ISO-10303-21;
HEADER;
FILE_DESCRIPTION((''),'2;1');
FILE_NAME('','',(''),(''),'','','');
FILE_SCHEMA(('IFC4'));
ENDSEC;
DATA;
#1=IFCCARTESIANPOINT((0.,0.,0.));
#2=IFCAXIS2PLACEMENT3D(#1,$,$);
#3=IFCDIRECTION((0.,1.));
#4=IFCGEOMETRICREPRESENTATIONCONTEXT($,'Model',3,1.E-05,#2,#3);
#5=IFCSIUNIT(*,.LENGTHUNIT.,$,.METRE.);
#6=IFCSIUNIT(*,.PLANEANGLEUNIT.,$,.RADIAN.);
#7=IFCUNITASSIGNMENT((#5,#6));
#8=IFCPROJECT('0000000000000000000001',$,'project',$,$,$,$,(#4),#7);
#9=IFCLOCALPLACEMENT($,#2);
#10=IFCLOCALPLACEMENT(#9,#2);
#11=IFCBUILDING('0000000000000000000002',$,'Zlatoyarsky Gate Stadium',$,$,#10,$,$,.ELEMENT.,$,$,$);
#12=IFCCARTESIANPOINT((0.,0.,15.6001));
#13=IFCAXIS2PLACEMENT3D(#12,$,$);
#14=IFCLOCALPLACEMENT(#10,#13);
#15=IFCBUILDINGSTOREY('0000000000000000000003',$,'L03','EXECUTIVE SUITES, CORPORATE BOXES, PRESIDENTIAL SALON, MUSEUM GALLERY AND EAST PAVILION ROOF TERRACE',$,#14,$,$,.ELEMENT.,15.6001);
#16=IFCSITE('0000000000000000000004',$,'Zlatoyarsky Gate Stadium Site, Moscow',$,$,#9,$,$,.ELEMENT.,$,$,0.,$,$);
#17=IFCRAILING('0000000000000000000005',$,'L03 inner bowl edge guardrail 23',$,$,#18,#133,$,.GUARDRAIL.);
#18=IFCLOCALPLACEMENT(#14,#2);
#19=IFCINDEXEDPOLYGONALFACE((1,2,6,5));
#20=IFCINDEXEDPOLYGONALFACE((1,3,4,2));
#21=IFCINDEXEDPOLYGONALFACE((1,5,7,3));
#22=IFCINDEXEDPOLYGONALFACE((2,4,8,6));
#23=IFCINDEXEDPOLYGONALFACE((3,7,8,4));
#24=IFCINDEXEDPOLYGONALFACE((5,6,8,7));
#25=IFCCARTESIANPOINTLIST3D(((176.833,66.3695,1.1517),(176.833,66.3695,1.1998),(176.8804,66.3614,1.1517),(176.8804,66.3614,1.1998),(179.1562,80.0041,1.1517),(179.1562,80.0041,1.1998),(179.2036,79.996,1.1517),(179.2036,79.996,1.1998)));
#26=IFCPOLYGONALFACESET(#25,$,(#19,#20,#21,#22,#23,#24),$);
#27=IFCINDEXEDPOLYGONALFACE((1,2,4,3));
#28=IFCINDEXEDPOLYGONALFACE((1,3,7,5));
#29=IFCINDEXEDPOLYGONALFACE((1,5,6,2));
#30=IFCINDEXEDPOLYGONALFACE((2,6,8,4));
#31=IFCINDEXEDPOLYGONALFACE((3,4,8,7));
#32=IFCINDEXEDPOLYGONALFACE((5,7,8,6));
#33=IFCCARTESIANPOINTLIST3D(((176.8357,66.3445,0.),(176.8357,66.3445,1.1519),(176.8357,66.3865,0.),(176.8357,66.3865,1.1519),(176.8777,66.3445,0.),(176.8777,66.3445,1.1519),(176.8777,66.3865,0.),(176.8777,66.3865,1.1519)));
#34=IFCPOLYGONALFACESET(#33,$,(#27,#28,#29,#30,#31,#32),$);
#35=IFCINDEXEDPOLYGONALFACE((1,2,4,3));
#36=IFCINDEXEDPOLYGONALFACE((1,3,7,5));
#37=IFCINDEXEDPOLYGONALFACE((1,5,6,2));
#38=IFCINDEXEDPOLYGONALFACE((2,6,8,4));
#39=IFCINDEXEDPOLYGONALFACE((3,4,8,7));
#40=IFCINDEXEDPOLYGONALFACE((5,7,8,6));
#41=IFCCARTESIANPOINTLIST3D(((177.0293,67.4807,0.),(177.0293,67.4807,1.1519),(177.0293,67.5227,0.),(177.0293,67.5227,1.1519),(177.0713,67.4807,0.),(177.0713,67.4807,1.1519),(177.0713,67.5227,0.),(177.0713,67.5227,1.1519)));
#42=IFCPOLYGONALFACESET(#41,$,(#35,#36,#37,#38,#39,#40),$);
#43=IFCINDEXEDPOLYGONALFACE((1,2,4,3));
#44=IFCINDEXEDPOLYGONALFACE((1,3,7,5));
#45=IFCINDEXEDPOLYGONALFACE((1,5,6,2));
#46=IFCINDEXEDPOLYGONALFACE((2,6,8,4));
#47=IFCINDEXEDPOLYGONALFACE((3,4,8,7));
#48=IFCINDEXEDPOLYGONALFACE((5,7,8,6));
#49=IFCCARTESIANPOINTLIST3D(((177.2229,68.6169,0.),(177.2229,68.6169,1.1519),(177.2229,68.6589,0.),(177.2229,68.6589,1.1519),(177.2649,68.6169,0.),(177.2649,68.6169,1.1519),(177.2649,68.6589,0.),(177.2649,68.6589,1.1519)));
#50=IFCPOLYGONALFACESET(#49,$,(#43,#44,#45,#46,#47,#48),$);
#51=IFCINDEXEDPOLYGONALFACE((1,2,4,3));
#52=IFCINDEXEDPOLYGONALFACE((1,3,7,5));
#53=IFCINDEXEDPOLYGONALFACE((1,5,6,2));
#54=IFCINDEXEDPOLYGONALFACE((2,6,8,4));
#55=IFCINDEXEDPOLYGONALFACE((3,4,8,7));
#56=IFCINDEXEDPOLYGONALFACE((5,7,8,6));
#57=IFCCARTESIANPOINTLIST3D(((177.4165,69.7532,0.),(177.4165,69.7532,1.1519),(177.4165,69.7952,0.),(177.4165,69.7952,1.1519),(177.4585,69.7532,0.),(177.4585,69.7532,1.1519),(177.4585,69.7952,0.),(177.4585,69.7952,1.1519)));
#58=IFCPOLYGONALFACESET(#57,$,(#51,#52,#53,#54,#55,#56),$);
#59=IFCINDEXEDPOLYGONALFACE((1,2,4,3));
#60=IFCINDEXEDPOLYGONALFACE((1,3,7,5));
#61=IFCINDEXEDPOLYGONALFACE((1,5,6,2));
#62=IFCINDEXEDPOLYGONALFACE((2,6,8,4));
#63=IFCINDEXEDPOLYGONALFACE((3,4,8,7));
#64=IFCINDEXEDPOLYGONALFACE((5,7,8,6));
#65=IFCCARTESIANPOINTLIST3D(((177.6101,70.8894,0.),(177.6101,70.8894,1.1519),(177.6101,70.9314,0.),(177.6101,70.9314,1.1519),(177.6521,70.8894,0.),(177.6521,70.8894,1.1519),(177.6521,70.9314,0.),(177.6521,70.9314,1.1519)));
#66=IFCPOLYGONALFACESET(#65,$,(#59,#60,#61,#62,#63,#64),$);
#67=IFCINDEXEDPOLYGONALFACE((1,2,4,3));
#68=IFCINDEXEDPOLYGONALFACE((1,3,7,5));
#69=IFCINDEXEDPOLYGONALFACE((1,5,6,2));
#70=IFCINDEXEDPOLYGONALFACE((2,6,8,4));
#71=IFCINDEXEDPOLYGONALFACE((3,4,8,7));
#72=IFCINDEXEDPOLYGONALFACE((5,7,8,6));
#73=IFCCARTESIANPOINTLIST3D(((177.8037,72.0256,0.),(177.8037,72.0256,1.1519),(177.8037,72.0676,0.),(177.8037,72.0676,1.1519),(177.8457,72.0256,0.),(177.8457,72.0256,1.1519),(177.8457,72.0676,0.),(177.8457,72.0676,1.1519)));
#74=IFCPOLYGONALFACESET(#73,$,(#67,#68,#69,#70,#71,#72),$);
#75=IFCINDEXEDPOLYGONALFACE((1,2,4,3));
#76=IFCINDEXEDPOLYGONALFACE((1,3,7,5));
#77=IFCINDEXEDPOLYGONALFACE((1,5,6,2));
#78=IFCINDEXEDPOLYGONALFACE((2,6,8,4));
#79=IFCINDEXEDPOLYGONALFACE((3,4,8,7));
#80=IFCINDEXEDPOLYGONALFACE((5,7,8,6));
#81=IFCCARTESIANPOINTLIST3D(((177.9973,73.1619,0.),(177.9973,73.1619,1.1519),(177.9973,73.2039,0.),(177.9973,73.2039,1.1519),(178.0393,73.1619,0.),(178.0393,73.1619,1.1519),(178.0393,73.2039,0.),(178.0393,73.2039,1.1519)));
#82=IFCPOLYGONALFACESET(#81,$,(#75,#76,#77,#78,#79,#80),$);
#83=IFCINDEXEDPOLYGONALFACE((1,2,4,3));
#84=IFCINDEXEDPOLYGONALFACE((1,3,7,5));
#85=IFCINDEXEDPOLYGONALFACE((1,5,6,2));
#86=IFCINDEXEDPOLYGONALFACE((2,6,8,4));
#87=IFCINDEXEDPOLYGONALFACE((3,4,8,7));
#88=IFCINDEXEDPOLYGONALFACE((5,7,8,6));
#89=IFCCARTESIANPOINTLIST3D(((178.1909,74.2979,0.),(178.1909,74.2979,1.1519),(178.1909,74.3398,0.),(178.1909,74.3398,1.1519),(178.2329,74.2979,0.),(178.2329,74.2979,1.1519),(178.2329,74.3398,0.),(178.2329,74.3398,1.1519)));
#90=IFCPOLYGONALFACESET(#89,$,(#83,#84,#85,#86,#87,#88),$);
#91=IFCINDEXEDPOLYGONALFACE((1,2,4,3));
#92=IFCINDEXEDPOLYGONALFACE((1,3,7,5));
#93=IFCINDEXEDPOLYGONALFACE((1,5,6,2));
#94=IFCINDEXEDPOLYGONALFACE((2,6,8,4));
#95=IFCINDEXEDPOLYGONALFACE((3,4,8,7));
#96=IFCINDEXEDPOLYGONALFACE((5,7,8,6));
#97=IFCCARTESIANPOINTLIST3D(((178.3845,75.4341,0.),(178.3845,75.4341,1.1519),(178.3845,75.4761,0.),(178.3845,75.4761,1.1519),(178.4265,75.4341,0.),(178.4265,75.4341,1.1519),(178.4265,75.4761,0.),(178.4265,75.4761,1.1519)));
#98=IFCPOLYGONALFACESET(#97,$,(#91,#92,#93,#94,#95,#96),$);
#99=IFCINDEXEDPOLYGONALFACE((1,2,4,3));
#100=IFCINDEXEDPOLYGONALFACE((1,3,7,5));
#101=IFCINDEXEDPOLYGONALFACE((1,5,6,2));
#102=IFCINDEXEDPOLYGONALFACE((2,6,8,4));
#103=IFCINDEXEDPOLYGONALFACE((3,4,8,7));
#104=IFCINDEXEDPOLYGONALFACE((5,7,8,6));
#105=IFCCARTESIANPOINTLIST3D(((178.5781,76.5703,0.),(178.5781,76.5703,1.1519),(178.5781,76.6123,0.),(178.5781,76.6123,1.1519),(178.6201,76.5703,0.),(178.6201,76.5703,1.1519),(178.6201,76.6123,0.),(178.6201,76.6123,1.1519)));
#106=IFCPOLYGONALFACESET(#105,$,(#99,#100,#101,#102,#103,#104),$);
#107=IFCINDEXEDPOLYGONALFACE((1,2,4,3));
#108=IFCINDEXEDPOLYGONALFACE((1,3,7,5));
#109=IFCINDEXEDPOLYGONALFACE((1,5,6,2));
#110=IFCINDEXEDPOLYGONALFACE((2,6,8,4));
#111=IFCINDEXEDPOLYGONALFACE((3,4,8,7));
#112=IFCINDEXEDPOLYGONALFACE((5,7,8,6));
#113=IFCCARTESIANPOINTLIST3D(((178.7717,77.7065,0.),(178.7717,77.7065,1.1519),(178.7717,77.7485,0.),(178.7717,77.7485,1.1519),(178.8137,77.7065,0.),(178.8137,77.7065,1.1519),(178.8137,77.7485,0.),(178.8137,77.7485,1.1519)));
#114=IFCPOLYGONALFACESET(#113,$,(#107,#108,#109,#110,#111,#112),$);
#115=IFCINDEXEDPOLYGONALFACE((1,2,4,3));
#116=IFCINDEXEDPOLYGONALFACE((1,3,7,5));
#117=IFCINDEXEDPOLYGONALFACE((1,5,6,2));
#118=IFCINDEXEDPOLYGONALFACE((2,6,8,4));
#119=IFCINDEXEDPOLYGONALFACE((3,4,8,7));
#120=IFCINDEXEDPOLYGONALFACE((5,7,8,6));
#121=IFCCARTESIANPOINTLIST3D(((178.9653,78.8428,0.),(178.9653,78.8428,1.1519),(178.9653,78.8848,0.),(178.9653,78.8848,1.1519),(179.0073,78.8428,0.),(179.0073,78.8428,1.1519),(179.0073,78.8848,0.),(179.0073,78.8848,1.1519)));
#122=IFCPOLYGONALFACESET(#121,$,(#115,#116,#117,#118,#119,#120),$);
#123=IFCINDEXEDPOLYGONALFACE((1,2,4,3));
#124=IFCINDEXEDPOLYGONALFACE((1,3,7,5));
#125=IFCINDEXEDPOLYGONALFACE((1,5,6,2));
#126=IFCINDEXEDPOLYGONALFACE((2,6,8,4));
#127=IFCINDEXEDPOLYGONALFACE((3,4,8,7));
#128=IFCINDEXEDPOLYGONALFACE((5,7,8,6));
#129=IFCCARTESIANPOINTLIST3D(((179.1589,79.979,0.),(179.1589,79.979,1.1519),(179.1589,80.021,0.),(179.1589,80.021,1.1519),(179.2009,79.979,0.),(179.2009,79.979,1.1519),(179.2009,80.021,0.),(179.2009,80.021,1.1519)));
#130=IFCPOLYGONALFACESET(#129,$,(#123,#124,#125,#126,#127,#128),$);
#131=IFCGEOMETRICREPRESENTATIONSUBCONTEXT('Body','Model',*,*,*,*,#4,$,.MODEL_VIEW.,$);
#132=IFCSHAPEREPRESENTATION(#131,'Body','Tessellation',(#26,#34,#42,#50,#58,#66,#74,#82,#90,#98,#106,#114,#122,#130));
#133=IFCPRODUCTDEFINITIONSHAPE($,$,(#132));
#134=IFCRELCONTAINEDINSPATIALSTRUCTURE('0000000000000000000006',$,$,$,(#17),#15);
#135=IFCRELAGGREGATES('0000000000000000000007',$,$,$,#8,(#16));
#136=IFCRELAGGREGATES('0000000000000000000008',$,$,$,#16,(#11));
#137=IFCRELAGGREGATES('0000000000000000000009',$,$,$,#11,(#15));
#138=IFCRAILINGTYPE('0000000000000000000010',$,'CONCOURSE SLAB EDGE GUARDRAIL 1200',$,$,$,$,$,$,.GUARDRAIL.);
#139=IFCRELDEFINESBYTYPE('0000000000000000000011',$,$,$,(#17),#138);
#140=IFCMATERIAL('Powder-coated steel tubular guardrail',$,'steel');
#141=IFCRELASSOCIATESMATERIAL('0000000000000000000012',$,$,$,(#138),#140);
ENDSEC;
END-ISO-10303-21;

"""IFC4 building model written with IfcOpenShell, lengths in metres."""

from ifc_helpers import new_model, si_unit, direction, frame, origin, origin_2d, place, context, subcontext, project, spatial, rectangle, extrude, material, type_object, element, save


model = new_model("IFC4")

# Units and contexts
model_context = context("Model", 3, precision=1e-05, world=origin(), true_north=direction((0.0, 1.0)))
body_context = subcontext(model_context, "Body", "Model", "MODEL_VIEW")
ifc_project = project(units=[si_unit("LENGTHUNIT", "METRE"), si_unit("PLANEANGLEUNIT", "RADIAN")], contexts=[model_context])

# Site, building, storey
site_placement = place(None, origin())
site = spatial("IfcSite", under=ifc_project, at=site_placement, Name="Zlatoyarsky Gate Stadium Site, Moscow", CompositionType="ELEMENT", RefElevation=0.0)
building_placement = place(site_placement, origin())
building = spatial("IfcBuilding", under=site, at=building_placement, Name="Zlatoyarsky Gate Stadium", CompositionType="ELEMENT")
storey_placement = place(building_placement, frame((0.0, 0.0, 15.6001)))
storey = spatial("IfcBuildingStorey", under=building, at=storey_placement, Name="L03", Description="EXECUTIVE SUITES, CORPORATE BOXES, PRESIDENTIAL SALON, MUSEUM GALLERY AND EAST PAVILION ROOF TERRACE", CompositionType="ELEMENT", Elevation=15.6001)

# Railing
ifc_material_1 = material(Name="Powder-coated steel tubular guardrail", Category="steel")
railing_type = type_object("IfcRailingType", Name="CONCOURSE SLAB EDGE GUARDRAIL 1200", PredefinedType="GUARDRAIL", material=ifc_material_1)
railing_placement = place(storey_placement, frame((176.8567, 66.3655, 0.0)))
element("IfcRailing", 1, at=railing_placement, inside=storey, type_object=railing_type, Name="L03 inner bowl edge guardrail 23", PredefinedType="GUARDRAIL", context=body_context, shape_type="SweptSolid", body=[
    extrude(rectangle(XDim=0.0481, YDim=0.0481, at=origin_2d()), frame((0.0, 0.0, 1.1758), z_axis=(0.167973, 0.985792, 0.0), x_axis=(-0.985792, 0.167973, 0.0)), (0.0, 0.0, 1.0), 13.8311),
    extrude(rectangle(XDim=0.042, YDim=0.042, at=origin_2d()), origin(), (0.0, 0.0, 1.0), 1.1519),
    extrude(rectangle(XDim=0.042, YDim=0.042, at=origin_2d()), frame((0.1936, 1.1362, 0.0)), (0.0, 0.0, 1.0), 1.1519),
    extrude(rectangle(XDim=0.042, YDim=0.042, at=origin_2d()), frame((0.3872, 2.2725, 0.0)), (0.0, 0.0, 1.0), 1.1519),
    extrude(rectangle(XDim=0.042, YDim=0.042, at=origin_2d()), frame((0.5808, 3.4087, 0.0)), (0.0, 0.0, 1.0), 1.1519),
    extrude(rectangle(XDim=0.042, YDim=0.042, at=origin_2d()), frame((0.7744, 4.5449, 0.0)), (0.0, 0.0, 1.0), 1.1519),
    extrude(rectangle(XDim=0.042, YDim=0.042, at=origin_2d()), frame((0.968, 5.6812, 0.0)), (0.0, 0.0, 1.0), 1.1519),
    extrude(rectangle(XDim=0.042, YDim=0.042, at=origin_2d()), frame((1.1616, 6.8174, 0.0)), (0.0, 0.0, 1.0), 1.1519),
    extrude(rectangle(XDim=0.042, YDim=0.042, at=origin_2d()), frame((1.3552, 7.9534, 0.0)), (0.0, 0.0, 1.0), 1.1519),
    extrude(rectangle(XDim=0.042, YDim=0.042, at=origin_2d()), frame((1.5488, 9.0896, 0.0)), (0.0, 0.0, 1.0), 1.1519),
    extrude(rectangle(XDim=0.042, YDim=0.042, at=origin_2d()), frame((1.7424, 10.2258, 0.0)), (0.0, 0.0, 1.0), 1.1519),
    extrude(rectangle(XDim=0.042, YDim=0.042, at=origin_2d()), frame((1.936, 11.3621, 0.0)), (0.0, 0.0, 1.0), 1.1519),
    extrude(rectangle(XDim=0.042, YDim=0.042, at=origin_2d()), frame((2.1296, 12.4983, 0.0)), (0.0, 0.0, 1.0), 1.1519),
    extrude(rectangle(XDim=0.042, YDim=0.042, at=origin_2d()), frame((2.3232, 13.6345, 0.0)), (0.0, 0.0, 1.0), 1.1519),
])

save(model, "model.ifc")
